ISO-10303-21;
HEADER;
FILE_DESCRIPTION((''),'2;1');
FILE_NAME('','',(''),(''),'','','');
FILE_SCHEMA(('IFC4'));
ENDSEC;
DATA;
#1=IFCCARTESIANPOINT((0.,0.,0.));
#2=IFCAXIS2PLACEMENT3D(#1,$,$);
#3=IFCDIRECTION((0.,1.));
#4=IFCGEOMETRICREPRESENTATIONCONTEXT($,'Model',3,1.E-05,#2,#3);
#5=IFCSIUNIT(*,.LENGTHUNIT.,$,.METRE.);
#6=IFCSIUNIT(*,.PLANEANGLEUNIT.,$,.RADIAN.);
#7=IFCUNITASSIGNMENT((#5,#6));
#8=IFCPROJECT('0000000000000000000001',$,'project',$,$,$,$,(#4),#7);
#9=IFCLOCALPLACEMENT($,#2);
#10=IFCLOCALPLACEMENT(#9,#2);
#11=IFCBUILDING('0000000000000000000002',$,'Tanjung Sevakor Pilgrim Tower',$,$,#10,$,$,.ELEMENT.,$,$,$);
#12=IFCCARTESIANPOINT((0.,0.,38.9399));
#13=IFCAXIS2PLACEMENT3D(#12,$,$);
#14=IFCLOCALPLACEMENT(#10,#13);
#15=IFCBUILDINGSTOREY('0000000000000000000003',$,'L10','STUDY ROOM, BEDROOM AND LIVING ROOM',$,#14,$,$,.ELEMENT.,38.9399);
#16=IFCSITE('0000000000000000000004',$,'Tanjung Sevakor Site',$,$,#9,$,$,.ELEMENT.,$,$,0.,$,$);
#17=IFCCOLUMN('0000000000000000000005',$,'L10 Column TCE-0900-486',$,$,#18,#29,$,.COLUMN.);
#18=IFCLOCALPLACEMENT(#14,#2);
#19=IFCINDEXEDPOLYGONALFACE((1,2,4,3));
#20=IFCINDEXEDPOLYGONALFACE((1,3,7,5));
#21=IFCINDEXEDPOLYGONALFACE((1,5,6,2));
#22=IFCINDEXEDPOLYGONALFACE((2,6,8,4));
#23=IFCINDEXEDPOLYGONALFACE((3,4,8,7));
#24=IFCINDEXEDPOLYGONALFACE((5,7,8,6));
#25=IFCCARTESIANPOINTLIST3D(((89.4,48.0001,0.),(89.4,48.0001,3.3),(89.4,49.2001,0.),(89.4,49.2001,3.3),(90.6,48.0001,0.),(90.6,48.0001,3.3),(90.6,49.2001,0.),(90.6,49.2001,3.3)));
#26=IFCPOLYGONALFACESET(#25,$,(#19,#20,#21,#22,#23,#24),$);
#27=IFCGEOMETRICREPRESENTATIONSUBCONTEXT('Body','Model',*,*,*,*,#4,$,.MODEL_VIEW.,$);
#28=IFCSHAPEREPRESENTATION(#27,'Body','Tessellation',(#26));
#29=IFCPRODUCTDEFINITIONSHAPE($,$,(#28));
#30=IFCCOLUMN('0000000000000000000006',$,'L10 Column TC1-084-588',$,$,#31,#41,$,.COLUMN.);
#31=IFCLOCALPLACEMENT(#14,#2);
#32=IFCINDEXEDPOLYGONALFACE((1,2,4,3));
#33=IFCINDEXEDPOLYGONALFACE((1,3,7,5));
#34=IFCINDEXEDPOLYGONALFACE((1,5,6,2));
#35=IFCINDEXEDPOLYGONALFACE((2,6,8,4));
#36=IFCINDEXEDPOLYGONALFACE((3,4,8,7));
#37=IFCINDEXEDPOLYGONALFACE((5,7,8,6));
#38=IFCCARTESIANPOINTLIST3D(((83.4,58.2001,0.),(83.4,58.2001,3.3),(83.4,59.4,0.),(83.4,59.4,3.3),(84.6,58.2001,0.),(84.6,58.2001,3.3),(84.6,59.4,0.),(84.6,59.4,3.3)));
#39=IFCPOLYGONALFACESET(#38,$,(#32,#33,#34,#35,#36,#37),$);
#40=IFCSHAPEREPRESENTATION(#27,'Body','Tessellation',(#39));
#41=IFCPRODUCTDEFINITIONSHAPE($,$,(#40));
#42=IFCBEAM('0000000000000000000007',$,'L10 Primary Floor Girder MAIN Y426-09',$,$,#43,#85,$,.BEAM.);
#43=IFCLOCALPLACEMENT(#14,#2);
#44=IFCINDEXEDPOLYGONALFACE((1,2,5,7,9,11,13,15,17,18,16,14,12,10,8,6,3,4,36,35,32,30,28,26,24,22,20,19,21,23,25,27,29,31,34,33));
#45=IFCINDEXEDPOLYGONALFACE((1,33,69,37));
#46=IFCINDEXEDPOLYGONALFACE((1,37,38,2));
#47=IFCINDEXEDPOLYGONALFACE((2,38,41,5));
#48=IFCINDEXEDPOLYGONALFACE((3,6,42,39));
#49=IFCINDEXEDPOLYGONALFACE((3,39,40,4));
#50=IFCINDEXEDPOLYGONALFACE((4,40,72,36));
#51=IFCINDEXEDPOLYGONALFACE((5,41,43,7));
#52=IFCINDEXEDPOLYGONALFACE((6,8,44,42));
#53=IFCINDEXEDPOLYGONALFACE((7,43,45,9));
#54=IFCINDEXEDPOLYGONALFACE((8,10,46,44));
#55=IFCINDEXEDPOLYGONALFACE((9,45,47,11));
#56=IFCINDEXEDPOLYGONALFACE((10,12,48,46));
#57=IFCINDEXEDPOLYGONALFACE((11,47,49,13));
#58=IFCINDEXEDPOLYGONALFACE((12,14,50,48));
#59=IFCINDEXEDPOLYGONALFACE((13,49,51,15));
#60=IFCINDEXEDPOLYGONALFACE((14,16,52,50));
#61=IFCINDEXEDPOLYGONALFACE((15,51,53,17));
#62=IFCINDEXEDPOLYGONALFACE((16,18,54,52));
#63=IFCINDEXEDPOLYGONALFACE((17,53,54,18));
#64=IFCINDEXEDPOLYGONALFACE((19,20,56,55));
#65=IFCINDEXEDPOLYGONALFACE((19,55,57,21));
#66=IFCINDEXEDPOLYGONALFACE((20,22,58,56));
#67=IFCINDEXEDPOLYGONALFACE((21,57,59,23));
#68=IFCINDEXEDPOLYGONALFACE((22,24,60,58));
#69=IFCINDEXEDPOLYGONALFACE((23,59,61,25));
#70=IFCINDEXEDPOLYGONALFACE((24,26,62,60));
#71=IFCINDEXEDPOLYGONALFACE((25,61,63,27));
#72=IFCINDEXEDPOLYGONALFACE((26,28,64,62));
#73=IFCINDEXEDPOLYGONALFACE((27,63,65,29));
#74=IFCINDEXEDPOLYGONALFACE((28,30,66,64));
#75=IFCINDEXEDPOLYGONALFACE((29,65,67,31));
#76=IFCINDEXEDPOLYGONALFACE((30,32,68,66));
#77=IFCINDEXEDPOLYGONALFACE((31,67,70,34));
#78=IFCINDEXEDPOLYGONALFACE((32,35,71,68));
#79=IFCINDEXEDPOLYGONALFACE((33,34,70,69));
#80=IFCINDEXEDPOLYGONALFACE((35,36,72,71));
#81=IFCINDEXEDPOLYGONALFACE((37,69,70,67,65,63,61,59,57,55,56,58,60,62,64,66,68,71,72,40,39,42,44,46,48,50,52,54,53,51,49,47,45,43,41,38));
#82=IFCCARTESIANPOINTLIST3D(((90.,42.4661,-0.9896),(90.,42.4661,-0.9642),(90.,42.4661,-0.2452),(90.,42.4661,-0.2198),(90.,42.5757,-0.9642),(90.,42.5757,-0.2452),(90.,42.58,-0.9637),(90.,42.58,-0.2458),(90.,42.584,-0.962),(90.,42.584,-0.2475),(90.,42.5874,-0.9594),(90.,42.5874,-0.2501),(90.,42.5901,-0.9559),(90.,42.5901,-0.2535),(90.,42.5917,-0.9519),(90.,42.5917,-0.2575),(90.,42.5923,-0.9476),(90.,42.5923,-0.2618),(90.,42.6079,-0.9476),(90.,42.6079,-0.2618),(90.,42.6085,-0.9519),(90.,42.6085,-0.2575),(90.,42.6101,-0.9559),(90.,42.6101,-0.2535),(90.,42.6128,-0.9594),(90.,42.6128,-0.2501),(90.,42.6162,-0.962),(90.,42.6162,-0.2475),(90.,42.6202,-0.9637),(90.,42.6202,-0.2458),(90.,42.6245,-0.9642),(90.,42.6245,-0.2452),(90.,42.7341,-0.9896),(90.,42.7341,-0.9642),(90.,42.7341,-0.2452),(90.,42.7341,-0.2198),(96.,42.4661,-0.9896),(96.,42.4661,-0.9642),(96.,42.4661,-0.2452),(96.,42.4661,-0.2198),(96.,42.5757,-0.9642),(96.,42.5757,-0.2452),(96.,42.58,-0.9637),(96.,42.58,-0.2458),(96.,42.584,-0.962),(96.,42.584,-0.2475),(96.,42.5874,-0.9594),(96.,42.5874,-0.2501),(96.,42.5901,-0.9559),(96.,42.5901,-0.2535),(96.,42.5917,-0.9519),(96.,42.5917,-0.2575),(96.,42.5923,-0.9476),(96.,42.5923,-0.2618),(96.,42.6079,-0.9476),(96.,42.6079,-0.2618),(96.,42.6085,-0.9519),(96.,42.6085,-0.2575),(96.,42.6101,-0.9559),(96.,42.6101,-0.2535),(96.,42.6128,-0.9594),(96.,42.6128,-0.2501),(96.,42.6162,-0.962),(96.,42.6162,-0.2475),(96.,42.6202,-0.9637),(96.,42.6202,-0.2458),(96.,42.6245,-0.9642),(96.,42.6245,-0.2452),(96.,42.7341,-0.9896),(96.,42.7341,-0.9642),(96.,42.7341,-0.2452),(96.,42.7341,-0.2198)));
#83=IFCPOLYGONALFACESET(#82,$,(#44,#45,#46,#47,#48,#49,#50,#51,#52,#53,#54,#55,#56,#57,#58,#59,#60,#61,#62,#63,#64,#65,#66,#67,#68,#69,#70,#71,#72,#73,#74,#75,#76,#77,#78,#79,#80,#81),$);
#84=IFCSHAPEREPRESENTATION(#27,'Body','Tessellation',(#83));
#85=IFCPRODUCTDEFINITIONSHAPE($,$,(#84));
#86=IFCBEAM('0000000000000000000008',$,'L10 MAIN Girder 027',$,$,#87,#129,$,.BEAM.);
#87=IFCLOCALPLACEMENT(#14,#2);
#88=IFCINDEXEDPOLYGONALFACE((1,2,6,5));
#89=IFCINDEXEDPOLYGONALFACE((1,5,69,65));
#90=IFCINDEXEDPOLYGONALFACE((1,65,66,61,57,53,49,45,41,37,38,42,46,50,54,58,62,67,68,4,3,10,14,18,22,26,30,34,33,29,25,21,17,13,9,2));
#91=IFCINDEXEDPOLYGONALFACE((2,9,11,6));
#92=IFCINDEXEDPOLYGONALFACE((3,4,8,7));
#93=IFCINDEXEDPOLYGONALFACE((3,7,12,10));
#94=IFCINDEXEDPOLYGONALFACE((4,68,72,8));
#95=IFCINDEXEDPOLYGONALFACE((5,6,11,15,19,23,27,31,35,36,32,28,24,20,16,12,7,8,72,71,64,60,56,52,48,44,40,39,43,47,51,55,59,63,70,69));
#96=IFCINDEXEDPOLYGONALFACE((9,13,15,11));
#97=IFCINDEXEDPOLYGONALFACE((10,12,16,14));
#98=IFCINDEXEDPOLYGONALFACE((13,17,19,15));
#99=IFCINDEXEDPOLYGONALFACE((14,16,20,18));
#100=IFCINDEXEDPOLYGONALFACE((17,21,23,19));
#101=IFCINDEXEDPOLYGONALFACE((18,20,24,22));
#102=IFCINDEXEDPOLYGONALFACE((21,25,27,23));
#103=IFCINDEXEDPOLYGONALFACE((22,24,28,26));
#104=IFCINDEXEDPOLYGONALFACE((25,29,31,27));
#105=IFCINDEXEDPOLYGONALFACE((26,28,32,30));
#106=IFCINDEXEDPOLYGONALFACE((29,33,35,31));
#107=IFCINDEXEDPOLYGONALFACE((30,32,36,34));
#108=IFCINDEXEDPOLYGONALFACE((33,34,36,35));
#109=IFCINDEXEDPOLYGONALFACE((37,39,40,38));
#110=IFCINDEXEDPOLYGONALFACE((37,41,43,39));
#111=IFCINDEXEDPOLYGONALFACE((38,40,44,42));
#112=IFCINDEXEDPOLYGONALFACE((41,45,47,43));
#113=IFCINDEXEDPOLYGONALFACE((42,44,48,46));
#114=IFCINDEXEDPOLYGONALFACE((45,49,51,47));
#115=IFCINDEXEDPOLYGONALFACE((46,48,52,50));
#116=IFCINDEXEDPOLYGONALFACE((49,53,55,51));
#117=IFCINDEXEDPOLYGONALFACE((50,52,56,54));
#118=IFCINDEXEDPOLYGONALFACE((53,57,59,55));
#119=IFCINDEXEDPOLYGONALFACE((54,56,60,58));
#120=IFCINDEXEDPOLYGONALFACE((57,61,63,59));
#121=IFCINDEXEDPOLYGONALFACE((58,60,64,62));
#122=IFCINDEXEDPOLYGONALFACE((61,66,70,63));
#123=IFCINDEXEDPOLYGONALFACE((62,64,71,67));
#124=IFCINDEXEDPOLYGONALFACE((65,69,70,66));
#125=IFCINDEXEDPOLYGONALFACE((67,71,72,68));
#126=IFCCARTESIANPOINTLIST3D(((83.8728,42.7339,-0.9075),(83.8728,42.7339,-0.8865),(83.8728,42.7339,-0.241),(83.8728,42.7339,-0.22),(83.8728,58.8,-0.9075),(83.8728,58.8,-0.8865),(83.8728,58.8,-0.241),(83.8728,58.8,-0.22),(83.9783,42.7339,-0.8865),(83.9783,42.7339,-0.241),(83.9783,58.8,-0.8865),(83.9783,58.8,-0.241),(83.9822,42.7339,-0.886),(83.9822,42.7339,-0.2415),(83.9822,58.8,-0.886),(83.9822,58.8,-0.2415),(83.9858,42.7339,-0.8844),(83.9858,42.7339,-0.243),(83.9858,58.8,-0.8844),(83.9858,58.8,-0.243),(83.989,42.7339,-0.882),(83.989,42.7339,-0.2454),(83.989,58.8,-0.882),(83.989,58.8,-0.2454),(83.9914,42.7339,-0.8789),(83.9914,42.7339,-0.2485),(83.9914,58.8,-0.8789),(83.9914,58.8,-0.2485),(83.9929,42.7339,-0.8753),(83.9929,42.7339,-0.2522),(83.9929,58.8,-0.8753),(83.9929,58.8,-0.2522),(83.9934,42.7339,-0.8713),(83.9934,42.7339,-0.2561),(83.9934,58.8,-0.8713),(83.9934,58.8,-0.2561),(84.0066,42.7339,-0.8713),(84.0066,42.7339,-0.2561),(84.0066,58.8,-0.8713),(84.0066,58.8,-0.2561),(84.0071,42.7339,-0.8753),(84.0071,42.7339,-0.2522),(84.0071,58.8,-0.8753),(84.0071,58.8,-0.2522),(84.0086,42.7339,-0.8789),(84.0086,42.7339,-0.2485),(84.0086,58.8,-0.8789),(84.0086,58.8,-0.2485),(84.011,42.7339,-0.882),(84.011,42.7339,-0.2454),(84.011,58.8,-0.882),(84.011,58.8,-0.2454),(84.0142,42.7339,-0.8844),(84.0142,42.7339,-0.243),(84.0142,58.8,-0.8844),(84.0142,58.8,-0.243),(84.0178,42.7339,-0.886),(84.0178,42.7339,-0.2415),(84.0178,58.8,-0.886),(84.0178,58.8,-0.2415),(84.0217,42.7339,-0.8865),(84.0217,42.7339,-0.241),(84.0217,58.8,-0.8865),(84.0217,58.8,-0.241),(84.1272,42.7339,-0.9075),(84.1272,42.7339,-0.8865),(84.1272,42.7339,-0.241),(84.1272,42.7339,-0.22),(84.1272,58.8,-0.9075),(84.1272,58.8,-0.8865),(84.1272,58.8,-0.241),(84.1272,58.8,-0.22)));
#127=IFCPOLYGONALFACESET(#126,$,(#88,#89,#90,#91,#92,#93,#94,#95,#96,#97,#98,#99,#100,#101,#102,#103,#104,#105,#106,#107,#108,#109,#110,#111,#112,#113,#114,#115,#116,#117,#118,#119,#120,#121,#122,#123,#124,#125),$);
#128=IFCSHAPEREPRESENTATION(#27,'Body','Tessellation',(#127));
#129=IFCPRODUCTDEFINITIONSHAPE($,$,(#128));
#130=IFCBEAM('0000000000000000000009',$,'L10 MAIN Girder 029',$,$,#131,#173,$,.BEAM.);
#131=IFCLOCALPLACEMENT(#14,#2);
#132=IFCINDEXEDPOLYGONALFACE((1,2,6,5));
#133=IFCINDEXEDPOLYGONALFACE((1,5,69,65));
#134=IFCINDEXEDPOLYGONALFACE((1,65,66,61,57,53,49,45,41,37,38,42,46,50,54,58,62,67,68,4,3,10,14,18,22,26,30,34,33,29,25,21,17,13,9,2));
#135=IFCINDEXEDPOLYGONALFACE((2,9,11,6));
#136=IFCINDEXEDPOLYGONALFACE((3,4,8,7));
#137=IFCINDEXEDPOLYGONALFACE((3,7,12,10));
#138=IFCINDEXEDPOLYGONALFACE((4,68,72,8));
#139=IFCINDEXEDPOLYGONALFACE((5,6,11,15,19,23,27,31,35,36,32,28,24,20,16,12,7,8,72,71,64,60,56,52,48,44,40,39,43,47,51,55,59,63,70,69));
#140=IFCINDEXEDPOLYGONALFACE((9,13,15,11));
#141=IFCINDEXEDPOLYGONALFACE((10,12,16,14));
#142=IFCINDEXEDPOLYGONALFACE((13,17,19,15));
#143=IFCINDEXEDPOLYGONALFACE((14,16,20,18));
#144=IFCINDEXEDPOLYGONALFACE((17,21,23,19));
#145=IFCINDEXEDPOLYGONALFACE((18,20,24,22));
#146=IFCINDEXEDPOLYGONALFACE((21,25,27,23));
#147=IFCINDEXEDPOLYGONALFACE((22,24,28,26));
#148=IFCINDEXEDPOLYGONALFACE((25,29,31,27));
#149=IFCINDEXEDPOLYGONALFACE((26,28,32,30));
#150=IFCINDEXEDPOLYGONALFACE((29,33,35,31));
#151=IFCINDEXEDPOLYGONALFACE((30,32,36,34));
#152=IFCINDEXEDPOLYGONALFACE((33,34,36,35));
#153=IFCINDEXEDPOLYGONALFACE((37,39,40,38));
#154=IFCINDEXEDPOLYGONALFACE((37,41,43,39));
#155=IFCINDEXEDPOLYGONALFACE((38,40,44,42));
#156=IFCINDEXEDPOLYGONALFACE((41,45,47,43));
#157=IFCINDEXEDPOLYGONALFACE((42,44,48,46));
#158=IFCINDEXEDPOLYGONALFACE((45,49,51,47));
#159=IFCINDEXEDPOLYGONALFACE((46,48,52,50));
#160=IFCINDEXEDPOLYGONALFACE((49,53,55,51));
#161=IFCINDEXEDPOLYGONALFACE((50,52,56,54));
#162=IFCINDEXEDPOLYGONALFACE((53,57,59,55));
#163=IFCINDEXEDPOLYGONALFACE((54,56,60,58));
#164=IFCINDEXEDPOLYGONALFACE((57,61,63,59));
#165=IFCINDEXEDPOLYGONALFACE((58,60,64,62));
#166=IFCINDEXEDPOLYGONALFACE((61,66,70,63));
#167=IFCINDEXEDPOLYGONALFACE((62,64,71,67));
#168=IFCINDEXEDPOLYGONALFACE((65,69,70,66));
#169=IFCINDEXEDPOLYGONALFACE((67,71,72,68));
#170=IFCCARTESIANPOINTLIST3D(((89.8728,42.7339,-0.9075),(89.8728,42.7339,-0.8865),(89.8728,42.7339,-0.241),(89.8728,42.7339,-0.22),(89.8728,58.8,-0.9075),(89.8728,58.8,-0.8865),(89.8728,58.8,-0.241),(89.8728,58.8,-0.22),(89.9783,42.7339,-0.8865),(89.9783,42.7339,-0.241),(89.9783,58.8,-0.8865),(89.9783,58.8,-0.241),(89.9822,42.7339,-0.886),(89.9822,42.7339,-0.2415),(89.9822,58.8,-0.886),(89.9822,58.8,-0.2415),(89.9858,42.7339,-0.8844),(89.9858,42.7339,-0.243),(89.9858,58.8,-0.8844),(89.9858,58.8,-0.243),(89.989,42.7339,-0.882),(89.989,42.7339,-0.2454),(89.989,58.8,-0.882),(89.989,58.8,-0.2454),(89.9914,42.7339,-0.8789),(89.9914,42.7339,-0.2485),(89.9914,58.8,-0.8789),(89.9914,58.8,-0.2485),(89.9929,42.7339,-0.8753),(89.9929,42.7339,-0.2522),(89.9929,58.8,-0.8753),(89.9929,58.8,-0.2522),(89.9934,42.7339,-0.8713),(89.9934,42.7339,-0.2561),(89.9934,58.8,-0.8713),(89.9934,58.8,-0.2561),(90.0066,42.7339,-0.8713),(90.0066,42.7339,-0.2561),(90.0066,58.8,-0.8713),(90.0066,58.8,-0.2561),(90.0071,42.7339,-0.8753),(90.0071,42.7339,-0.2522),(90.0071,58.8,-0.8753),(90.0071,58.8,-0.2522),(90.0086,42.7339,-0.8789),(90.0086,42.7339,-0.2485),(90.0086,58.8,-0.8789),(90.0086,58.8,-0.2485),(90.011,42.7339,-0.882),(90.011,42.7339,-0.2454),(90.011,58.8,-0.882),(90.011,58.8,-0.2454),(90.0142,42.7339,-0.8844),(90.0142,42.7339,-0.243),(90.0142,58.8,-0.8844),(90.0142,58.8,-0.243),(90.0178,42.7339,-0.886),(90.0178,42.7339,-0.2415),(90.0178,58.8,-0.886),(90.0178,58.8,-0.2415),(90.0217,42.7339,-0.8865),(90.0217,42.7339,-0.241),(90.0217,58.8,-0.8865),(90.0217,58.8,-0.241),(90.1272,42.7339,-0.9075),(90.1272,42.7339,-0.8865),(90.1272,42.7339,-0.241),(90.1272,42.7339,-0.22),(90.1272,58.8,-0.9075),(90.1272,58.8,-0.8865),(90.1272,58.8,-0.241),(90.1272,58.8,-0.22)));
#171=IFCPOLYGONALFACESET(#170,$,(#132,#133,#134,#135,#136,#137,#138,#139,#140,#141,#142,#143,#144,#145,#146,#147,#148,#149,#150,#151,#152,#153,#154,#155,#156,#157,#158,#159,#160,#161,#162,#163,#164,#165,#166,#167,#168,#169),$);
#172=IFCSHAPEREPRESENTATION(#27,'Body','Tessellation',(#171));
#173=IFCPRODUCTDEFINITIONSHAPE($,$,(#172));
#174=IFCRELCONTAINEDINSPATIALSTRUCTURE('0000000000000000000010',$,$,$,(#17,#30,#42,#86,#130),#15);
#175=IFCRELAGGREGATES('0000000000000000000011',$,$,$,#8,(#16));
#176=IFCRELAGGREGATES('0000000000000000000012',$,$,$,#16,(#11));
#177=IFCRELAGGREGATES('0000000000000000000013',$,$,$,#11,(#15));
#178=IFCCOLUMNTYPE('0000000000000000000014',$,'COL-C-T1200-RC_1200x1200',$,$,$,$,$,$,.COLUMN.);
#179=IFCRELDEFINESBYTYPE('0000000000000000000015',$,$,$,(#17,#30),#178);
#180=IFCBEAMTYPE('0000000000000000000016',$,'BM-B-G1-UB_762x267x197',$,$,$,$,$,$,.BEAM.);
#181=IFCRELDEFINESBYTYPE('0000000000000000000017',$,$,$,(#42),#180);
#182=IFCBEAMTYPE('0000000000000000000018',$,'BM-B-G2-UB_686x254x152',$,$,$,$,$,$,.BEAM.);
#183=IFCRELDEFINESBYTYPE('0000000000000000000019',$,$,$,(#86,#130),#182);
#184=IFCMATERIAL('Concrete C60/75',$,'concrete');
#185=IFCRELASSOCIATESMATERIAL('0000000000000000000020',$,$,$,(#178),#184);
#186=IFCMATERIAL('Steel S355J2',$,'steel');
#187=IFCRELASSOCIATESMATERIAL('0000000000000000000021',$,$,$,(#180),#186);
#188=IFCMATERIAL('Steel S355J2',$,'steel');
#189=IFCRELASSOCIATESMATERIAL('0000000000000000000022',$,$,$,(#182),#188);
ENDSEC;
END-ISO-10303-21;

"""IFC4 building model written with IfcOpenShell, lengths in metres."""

from ifc_helpers import new_model, si_unit, direction, frame, origin, origin_2d, place, context, subcontext, project, spatial, rectangle, i_section, extrude, material, material_profile, profile_set, type_object, element, save


model = new_model("IFC4")

# Units and contexts
model_context = context("Model", 3, precision=1e-05, world=origin(), true_north=direction((0.0, 1.0)))
body_context = subcontext(model_context, "Body", "Model", "MODEL_VIEW")
ifc_project = project(units=[si_unit("LENGTHUNIT", "METRE"), si_unit("PLANEANGLEUNIT", "RADIAN")], contexts=[model_context])

# Site, building, storey
site_placement = place(None, origin())
site = spatial("IfcSite", under=ifc_project, at=site_placement, Name="Tanjung Sevakor Site", CompositionType="ELEMENT", RefElevation=0.0)
building_placement = place(site_placement, origin())
building = spatial("IfcBuilding", under=site, at=building_placement, Name="Tanjung Sevakor Pilgrim Tower", CompositionType="ELEMENT")
storey_placement = place(building_placement, frame((0.0, 0.0, 38.9399)))
storey = spatial("IfcBuildingStorey", under=building, at=storey_placement, Name="L10", Description="STUDY ROOM, BEDROOM AND LIVING ROOM", CompositionType="ELEMENT", Elevation=38.9399)

# Columns
ifc_material_1 = material(Name="Concrete C60/75", Category="concrete")
ifc_material_profile_1 = material_profile(ifc_material_1, rectangle(XDim=1.2, YDim=1.2, at=origin_2d()))
ifc_profile_set_1 = profile_set([ifc_material_profile_1], Name="Concrete C60/75")
column_type = type_object("IfcColumnType", Name="COL-C-T1200-RC_1200x1200", PredefinedType="COLUMN", material=ifc_profile_set_1)
for number, where, z_axis, x_axis, name in (
    (1, (90.0, 48.6001, 0.0), (0.0, 0.0, 1.0), (1.0, 0.0, 0.0), "L10 Column TCE-0900-486"),
    (2, (84.0, 58.8, 0.0), (0.0, 0.0, 1.0), (1.0, 0.0, 0.0), "L10 Column TC1-084-588"),
):
    element("IfcColumn", number, at=place(storey_placement, frame(where, z_axis=z_axis, x_axis=x_axis)), inside=storey, type_object=column_type, Name=name, PredefinedType="COLUMN", context=body_context, shape_type="SweptSolid", body=[
        extrude(rectangle(XDim=1.2, YDim=1.2, at=origin_2d()), origin(), (0.0, 0.0, 1.0), 3.3),
    ])

# Beams
ifc_material_2 = material(Name="Steel S355J2", Category="steel")
ifc_material_profile_2 = material_profile(ifc_material_2, i_section(OverallWidth=0.2681, OverallDepth=0.7698, WebThickness=0.0156, FlangeThickness=0.0254, FilletRadius=0.0166, at=origin_2d()))
ifc_profile_set_2 = profile_set([ifc_material_profile_2], Name="Steel S355J2")
beam_type_1 = type_object("IfcBeamType", Name="BM-B-G1-UB_762x267x197", PredefinedType="BEAM", material=ifc_profile_set_2)
beam_1_placement = place(storey_placement, frame((90.0, 42.6001, -0.6047), z_axis=(1.0, 0.0, 0.0), x_axis=(0.0, 1.0, 0.0)))
element("IfcBeam", 3, at=beam_1_placement, inside=storey, type_object=beam_type_1, Name="L10 Primary Floor Girder MAIN Y426-09", PredefinedType="BEAM", context=body_context, shape_type="SweptSolid", body=[
    extrude(i_section(OverallWidth=0.2681, OverallDepth=0.7698, WebThickness=0.0156, FlangeThickness=0.0254, FilletRadius=0.0166, at=origin_2d()), origin(), (0.0, 0.0, 1.0), 6.0),
])
ifc_material_3 = material(Name="Steel S355J2", Category="steel")
ifc_material_profile_3 = material_profile(ifc_material_3, i_section(OverallWidth=0.2544, OverallDepth=0.6875, WebThickness=0.0132, FlangeThickness=0.021, FilletRadius=0.0151, at=origin_2d()))
ifc_profile_set_3 = profile_set([ifc_material_profile_3], Name="Steel S355J2")
beam_type_2 = type_object("IfcBeamType", Name="BM-B-G2-UB_686x254x152", PredefinedType="BEAM", material=ifc_profile_set_3)
for number, where, z_axis, x_axis, name in (
    (4, (84.0, 42.7339, -0.5637), (0.0, 1.0, 0.0), (-1.0, 0.0, 0.0), "L10 MAIN Girder 027"),
    (5, (90.0, 42.7339, -0.5637), (0.0, 1.0, 0.0), (-1.0, 0.0, 0.0), "L10 MAIN Girder 029"),
):
    element("IfcBeam", number, at=place(storey_placement, frame(where, z_axis=z_axis, x_axis=x_axis)), inside=storey, type_object=beam_type_2, Name=name, PredefinedType="BEAM", context=body_context, shape_type="SweptSolid", body=[
        extrude(i_section(OverallWidth=0.2544, OverallDepth=0.6875, WebThickness=0.0132, FlangeThickness=0.021, FilletRadius=0.0151, at=origin_2d()), origin(), (0.0, 0.0, 1.0), 16.0662),
    ])

save(model, "model.ifc")
